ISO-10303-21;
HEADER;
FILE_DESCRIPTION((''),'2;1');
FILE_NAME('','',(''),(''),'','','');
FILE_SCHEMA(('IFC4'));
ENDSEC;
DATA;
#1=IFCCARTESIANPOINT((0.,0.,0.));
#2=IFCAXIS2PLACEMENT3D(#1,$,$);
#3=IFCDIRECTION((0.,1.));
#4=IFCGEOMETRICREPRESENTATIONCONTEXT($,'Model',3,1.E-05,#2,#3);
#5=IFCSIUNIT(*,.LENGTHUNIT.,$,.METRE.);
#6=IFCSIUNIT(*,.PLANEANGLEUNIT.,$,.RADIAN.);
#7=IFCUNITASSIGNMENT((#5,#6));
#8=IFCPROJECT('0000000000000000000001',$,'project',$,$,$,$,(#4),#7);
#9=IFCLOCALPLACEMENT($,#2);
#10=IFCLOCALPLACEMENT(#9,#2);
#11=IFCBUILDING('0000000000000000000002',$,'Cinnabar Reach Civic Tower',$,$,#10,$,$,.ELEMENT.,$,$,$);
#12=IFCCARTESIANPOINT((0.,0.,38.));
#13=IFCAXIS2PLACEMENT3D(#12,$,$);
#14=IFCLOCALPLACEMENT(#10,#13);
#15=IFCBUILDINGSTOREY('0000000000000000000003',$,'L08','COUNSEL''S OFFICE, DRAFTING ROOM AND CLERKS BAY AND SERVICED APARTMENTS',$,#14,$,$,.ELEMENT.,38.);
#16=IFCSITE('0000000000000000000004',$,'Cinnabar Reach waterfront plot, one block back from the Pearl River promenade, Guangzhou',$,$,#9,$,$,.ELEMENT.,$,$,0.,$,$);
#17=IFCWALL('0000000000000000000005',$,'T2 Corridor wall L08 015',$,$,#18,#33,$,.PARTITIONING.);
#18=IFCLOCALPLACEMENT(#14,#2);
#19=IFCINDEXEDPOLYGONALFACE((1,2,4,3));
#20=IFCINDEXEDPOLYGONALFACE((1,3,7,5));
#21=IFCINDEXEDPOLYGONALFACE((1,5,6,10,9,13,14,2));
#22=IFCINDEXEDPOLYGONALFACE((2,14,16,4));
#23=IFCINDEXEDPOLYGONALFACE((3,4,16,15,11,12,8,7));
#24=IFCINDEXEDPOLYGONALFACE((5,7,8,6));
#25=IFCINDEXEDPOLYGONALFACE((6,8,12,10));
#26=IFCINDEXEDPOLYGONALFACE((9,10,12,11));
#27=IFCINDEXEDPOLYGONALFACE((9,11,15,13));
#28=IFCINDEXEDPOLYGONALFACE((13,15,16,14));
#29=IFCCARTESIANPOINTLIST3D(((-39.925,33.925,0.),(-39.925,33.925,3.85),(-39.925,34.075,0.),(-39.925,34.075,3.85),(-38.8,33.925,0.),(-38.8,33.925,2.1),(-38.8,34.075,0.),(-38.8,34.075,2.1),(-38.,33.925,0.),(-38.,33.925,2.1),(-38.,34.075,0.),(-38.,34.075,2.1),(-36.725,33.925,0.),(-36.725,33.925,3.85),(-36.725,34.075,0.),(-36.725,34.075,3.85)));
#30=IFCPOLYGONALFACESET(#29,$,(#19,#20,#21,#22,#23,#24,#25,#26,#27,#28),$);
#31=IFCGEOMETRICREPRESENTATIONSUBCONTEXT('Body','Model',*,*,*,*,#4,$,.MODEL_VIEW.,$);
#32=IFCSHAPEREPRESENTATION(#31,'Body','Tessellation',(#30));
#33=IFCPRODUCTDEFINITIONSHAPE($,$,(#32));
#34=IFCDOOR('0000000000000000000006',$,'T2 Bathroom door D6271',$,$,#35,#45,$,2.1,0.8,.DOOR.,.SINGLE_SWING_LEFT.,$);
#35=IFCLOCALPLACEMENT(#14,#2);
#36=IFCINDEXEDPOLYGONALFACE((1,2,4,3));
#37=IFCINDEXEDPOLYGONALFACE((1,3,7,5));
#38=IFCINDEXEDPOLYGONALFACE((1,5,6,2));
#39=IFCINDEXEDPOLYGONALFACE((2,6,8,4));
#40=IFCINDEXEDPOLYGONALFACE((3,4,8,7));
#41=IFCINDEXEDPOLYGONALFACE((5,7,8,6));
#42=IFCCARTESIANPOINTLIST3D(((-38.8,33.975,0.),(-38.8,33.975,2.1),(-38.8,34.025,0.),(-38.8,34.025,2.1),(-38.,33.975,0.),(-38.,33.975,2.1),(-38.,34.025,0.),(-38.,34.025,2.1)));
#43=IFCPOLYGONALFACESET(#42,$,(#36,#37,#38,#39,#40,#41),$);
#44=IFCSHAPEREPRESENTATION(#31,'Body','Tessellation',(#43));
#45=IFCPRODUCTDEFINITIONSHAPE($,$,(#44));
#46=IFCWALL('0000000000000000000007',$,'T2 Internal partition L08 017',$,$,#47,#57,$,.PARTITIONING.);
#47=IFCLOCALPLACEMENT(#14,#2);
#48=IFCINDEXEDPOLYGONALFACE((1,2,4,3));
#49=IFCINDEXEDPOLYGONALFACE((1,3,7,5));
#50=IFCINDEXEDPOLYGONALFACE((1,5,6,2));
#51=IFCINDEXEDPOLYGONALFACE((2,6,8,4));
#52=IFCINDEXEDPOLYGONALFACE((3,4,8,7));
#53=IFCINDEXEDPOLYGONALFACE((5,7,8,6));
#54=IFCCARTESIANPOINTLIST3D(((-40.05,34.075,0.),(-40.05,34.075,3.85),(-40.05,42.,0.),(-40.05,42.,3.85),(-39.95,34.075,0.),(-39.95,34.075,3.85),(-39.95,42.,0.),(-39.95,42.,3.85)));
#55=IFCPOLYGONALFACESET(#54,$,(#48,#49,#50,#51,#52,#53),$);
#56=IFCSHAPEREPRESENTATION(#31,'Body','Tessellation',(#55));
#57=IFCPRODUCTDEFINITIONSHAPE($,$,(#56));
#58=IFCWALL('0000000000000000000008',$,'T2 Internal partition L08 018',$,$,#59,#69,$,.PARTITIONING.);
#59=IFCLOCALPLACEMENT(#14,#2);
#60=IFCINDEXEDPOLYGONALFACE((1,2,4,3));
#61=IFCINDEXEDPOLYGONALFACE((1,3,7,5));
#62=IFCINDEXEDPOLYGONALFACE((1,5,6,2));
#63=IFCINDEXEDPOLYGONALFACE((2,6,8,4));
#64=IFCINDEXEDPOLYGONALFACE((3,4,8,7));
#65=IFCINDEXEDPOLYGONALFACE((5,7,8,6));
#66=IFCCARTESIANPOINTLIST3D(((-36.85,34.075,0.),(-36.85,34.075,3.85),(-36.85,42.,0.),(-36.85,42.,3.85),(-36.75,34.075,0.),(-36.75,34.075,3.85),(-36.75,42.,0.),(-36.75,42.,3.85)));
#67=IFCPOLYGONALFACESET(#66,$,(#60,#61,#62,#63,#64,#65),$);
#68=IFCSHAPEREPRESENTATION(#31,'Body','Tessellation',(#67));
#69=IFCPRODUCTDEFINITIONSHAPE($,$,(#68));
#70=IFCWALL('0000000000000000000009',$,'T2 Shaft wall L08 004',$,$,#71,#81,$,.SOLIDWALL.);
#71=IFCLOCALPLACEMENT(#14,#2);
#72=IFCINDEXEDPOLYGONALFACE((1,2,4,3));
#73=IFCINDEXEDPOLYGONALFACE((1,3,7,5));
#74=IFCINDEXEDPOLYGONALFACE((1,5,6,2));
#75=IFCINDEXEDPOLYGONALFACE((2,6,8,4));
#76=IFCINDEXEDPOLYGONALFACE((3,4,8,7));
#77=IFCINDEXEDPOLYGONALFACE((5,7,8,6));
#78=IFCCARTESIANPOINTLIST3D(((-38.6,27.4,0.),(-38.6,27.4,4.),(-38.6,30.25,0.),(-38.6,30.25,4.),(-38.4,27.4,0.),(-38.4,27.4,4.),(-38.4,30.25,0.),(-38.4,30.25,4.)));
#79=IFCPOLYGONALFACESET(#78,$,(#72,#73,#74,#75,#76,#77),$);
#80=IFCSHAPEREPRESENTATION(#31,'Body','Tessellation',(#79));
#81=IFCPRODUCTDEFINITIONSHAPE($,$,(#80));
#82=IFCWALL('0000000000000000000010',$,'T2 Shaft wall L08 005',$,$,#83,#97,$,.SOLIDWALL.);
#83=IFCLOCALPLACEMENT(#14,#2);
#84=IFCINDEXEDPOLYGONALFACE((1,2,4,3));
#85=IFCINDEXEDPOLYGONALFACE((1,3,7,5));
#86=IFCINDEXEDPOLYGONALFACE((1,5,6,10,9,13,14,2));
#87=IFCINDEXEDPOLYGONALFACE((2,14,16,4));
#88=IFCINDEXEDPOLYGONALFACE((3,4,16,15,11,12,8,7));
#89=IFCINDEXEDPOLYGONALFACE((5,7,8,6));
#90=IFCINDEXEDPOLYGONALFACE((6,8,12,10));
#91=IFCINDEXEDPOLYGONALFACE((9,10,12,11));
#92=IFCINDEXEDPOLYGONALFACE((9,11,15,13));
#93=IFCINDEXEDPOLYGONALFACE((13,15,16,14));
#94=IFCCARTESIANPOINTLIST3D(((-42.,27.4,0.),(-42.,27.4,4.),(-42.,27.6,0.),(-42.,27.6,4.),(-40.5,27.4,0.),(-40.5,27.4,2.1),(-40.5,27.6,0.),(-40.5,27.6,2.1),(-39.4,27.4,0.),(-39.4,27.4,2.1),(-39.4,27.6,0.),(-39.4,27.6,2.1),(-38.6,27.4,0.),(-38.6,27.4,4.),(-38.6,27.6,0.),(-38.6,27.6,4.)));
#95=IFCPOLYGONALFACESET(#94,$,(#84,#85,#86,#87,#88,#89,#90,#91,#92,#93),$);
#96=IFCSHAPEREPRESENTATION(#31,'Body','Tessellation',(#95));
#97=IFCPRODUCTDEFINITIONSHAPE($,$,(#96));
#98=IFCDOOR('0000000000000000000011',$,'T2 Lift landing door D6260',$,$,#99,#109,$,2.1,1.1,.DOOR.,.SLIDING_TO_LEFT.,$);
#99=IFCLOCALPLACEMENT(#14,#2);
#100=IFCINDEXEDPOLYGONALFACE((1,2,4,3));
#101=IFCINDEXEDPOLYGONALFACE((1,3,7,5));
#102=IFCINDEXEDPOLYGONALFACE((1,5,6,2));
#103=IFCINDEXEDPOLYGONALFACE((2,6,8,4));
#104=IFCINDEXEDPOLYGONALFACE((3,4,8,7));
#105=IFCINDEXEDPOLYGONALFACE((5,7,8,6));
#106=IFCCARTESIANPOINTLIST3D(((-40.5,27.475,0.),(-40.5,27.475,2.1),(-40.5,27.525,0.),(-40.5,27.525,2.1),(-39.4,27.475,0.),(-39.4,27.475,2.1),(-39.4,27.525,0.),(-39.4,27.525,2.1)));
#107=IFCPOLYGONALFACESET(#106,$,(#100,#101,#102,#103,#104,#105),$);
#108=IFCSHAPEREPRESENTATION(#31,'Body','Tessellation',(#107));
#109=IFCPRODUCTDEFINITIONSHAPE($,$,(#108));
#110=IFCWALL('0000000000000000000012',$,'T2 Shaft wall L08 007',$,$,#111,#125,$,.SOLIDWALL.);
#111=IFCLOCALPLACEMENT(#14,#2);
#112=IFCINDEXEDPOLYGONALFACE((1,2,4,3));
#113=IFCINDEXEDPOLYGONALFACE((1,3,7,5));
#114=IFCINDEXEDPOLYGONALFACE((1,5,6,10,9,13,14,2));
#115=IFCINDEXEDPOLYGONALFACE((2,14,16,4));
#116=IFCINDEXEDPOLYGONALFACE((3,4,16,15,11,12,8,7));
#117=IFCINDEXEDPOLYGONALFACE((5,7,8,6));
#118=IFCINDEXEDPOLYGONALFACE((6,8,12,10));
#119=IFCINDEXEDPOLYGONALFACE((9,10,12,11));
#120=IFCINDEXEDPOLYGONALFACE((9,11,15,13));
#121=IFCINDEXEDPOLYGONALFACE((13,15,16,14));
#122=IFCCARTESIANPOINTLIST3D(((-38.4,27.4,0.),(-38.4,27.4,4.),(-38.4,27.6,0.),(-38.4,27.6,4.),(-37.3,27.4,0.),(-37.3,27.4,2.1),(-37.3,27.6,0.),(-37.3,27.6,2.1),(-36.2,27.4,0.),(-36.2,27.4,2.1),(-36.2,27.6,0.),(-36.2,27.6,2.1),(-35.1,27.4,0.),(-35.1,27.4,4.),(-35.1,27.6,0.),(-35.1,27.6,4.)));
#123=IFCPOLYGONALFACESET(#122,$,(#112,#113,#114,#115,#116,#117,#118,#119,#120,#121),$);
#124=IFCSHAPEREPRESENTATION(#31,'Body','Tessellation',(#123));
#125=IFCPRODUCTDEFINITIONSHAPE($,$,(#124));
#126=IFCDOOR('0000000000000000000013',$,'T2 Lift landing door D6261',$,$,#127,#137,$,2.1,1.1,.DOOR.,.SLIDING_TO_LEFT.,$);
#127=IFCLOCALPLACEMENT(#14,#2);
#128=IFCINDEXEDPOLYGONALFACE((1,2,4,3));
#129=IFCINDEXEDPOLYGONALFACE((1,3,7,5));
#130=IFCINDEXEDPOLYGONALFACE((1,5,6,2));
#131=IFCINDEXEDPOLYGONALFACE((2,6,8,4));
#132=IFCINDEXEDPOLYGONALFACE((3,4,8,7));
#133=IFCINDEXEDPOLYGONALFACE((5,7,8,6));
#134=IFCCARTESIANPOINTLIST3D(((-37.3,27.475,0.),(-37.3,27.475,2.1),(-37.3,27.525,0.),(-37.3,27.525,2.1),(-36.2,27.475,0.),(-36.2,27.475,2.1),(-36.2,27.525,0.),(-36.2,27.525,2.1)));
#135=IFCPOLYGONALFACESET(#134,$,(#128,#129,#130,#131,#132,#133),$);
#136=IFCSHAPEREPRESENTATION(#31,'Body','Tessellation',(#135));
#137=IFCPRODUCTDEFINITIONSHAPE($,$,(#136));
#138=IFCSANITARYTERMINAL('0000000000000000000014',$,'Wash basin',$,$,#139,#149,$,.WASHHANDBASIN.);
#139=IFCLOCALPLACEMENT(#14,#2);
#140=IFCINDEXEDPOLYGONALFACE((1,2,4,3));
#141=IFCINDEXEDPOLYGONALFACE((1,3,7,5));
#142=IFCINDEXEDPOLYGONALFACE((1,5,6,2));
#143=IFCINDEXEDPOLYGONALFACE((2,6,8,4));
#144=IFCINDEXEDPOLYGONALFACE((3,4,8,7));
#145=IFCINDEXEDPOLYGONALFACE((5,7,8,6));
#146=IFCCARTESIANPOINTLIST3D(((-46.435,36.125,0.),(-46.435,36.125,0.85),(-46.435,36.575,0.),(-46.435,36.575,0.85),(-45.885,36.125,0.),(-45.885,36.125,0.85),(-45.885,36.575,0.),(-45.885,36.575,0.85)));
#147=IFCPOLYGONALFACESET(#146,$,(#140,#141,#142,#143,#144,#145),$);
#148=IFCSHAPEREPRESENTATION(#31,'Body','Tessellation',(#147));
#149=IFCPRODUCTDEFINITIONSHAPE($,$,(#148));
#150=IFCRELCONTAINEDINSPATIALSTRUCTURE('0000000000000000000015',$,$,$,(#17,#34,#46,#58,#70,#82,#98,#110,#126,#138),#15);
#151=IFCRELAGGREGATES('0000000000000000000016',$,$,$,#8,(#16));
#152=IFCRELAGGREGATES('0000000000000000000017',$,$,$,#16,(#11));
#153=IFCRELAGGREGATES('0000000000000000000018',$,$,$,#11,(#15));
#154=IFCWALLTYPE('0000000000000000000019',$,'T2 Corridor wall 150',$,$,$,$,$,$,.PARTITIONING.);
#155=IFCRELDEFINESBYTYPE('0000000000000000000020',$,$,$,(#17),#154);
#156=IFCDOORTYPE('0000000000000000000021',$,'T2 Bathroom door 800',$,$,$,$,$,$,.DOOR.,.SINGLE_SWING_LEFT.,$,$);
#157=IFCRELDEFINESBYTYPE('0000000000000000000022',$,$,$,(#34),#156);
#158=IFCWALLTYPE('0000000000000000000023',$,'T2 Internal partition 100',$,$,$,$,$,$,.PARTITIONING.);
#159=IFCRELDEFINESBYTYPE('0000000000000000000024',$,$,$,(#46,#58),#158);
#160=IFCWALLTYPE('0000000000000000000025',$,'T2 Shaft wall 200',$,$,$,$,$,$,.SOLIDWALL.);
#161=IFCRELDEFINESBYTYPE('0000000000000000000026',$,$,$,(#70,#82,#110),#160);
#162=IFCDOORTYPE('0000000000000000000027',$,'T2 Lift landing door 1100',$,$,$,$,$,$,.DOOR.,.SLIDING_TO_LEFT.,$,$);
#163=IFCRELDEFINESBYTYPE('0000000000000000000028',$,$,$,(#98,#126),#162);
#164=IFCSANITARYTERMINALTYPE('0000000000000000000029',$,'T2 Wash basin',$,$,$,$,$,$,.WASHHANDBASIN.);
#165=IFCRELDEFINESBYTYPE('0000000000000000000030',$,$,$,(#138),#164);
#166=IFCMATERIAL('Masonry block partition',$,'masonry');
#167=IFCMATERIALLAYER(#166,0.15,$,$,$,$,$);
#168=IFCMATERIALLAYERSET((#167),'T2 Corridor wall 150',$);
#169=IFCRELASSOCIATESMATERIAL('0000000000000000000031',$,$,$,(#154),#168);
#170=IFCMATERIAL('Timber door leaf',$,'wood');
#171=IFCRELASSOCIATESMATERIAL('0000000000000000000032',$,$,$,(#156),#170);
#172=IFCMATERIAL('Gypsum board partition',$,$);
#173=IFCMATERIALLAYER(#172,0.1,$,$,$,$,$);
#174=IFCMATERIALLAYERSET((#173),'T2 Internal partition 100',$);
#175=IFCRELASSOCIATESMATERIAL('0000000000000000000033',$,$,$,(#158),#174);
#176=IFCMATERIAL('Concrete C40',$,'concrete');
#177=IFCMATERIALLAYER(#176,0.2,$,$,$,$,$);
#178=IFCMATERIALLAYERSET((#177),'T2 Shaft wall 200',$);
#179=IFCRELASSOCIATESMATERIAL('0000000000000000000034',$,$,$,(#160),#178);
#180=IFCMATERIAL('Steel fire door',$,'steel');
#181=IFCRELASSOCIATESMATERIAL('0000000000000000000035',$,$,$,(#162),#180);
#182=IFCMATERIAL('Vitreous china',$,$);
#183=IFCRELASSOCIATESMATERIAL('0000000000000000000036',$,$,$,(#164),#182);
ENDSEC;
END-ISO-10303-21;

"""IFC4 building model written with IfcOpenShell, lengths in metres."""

from ifc_helpers import new_model, si_unit, direction, frame, frame_2d, origin, origin_2d, place, context, subcontext, project, spatial, rectangle, extrude, material, layer, layer_set, type_object, element, fill, save


model = new_model("IFC4")

# Units and contexts
model_context = context("Model", 3, precision=1e-05, world=origin(), true_north=direction((0.0, 1.0)))
body_context = subcontext(model_context, "Body", "Model", "MODEL_VIEW")
ifc_project = project(units=[si_unit("LENGTHUNIT", "METRE"), si_unit("PLANEANGLEUNIT", "RADIAN")], contexts=[model_context])

# Site, building, storey
site_placement = place(None, origin())
site = spatial("IfcSite", under=ifc_project, at=site_placement, Name="Cinnabar Reach waterfront plot, one block back from the Pearl River promenade, Guangzhou", CompositionType="ELEMENT", RefElevation=0.0)
building_placement = place(site_placement, origin())
building = spatial("IfcBuilding", under=site, at=building_placement, Name="Cinnabar Reach Civic Tower", CompositionType="ELEMENT")
storey_placement = place(building_placement, frame((0.0, 0.0, 38.0)))
storey = spatial("IfcBuildingStorey", under=building, at=storey_placement, Name="L08", Description="COUNSEL'S OFFICE, DRAFTING ROOM AND CLERKS BAY AND SERVICED APARTMENTS", CompositionType="ELEMENT", Elevation=38.0)

# Shared definitions
ifc_material_1 = material(Name="Steel fire door", Category="steel")

# Wall, opening, door
ifc_material_2 = material(Name="Masonry block partition", Category="masonry")
ifc_layer_1 = layer(ifc_material_2, 0.15)
ifc_layer_set_1 = layer_set([ifc_layer_1], Name="T2 Corridor wall 150")
wall_type_1 = type_object("IfcWallType", Name="T2 Corridor wall 150", PredefinedType="PARTITIONING", material=ifc_layer_set_1)
ifc_material_3 = material(Name="Timber door leaf", Category="wood")
door_type_1 = type_object("IfcDoorType", Name="T2 Bathroom door 800", OperationType="SINGLE_SWING_LEFT", PredefinedType="DOOR", material=ifc_material_3)
wall_1_placement = place(storey_placement, frame((-36.725, 34.0, 0.0), z_axis=(0.0, 0.0, 1.0), x_axis=(-1.0, 0.0, 0.0)))
wall_1 = element("IfcWall", 1, at=wall_1_placement, inside=storey, type_object=wall_type_1, Name="T2 Corridor wall L08 015", PredefinedType="PARTITIONING", context=body_context, shape_type="SweptSolid", body=[
    extrude(rectangle(XDim=3.2, YDim=0.15, at=frame_2d((1.6, 0.0))), origin(), (0.0, 0.0, 1.0), 3.85),
])
opening_1_placement = place(wall_1_placement, frame((1.275, 0.0, 0.0)))
opening_1 = element("IfcOpeningElement", 2, at=opening_1_placement, cuts=wall_1, PredefinedType="OPENING", context=body_context, shape_type="SweptSolid", body=[
    extrude(rectangle(XDim=0.8, YDim=2.1, at=frame_2d((0.4, 1.05))), frame((0.0, 0.085, 0.0), z_axis=(0.0, -1.0, 0.0), x_axis=(1.0, 0.0, 0.0)), (0.0, 0.0, 1.0), 0.17),
])
door_1_placement = place(opening_1_placement, frame((0.8, 0.0, 0.0), z_axis=(0.0, 0.0, 1.0), x_axis=(-1.0, 0.0, 0.0)))
door_1 = element("IfcDoor", 3, at=door_1_placement, inside=storey, type_object=door_type_1, Name="T2 Bathroom door D6271", OperationType="SINGLE_SWING_LEFT", OverallHeight=2.1, OverallWidth=0.8, PredefinedType="DOOR", context=body_context, shape_type="SweptSolid", body=[
    extrude(rectangle(XDim=0.8, YDim=2.1, at=frame_2d((0.4, 1.05))), frame((0.0, 0.025, 0.0), z_axis=(0.0, -1.0, 0.0), x_axis=(1.0, 0.0, 0.0)), (0.0, 0.0, 1.0), 0.05),
])
fill(opening_1, door_1)

# Walls
ifc_material_4 = material(Name="Gypsum board partition")
ifc_layer_2 = layer(ifc_material_4, 0.1)
ifc_layer_set_2 = layer_set([ifc_layer_2], Name="T2 Internal partition 100")
wall_type_2 = type_object("IfcWallType", Name="T2 Internal partition 100", PredefinedType="PARTITIONING", material=ifc_layer_set_2)
for number, where, z_axis, x_axis, name in (
    (4, (-40.0, 34.075, 0.0), (0.0, 0.0, 1.0), (0.0, 1.0, 0.0), "T2 Internal partition L08 017"),
    (5, (-36.8, 34.075, 0.0), (0.0, 0.0, 1.0), (0.0, 1.0, 0.0), "T2 Internal partition L08 018"),
):
    element("IfcWall", number, at=place(storey_placement, frame(where, z_axis=z_axis, x_axis=x_axis)), inside=storey, type_object=wall_type_2, Name=name, PredefinedType="PARTITIONING", context=body_context, shape_type="SweptSolid", body=[
        extrude(rectangle(XDim=7.925, YDim=0.1, at=frame_2d((3.9625, 0.0))), origin(), (0.0, 0.0, 1.0), 3.85),
    ])
ifc_material_5 = material(Name="Concrete C40", Category="concrete")
ifc_layer_3 = layer(ifc_material_5, 0.2)
ifc_layer_set_3 = layer_set([ifc_layer_3], Name="T2 Shaft wall 200")
wall_type_3 = type_object("IfcWallType", Name="T2 Shaft wall 200", PredefinedType="SOLIDWALL", material=ifc_layer_set_3)
wall_2_placement = place(storey_placement, frame((-38.5, 27.4, 0.0), z_axis=(0.0, 0.0, 1.0), x_axis=(0.0, 1.0, 0.0)))
element("IfcWall", 6, at=wall_2_placement, inside=storey, type_object=wall_type_3, Name="T2 Shaft wall L08 004", PredefinedType="SOLIDWALL", context=body_context, shape_type="SweptSolid", body=[
    extrude(rectangle(XDim=2.85, YDim=0.2, at=frame_2d((1.425, 0.0))), origin(), (0.0, 0.0, 1.0), 4.0),
])

# Walls, openings, doors
wall_3_placement = place(storey_placement, frame((-42.0, 27.5, 0.0), z_axis=(0.0, 0.0, 1.0), x_axis=(1.0, 0.0, 0.0)))
wall_3 = element("IfcWall", 7, at=wall_3_placement, inside=storey, type_object=wall_type_3, Name="T2 Shaft wall L08 005", PredefinedType="SOLIDWALL", context=body_context, shape_type="SweptSolid", body=[
    extrude(rectangle(XDim=3.4, YDim=0.2, at=frame_2d((1.7, 0.0))), origin(), (0.0, 0.0, 1.0), 4.0),
])
opening_2_placement = place(wall_3_placement, frame((1.5, 0.0, 0.0)))
opening_2 = element("IfcOpeningElement", 8, at=opening_2_placement, cuts=wall_3, PredefinedType="OPENING", context=body_context, shape_type="SweptSolid", body=[
    extrude(rectangle(XDim=1.1, YDim=2.1, at=frame_2d((0.55, 1.05))), frame((0.0, 0.11, 0.0), z_axis=(0.0, -1.0, 0.0), x_axis=(1.0, 0.0, 0.0)), (0.0, 0.0, 1.0), 0.22),
])
door_type_2 = type_object("IfcDoorType", Name="T2 Lift landing door 1100", OperationType="SLIDING_TO_LEFT", PredefinedType="DOOR", material=ifc_material_1)
door_2_placement = place(opening_2_placement, origin())
door_2 = element("IfcDoor", 9, at=door_2_placement, inside=storey, type_object=door_type_2, Name="T2 Lift landing door D6260", OperationType="SLIDING_TO_LEFT", OverallHeight=2.1, OverallWidth=1.1, PredefinedType="DOOR", context=body_context, shape_type="SweptSolid", body=[
    extrude(rectangle(XDim=1.1, YDim=2.1, at=frame_2d((0.55, 1.05))), frame((0.0, 0.025, 0.0), z_axis=(0.0, -1.0, 0.0), x_axis=(1.0, 0.0, 0.0)), (0.0, 0.0, 1.0), 0.05),
])
fill(opening_2, door_2)
wall_4_placement = place(storey_placement, frame((-38.4, 27.5, 0.0), z_axis=(0.0, 0.0, 1.0), x_axis=(1.0, 0.0, 0.0)))
wall_4 = element("IfcWall", 10, at=wall_4_placement, inside=storey, type_object=wall_type_3, Name="T2 Shaft wall L08 007", PredefinedType="SOLIDWALL", context=body_context, shape_type="SweptSolid", body=[
    extrude(rectangle(XDim=3.3, YDim=0.2, at=frame_2d((1.65, 0.0))), origin(), (0.0, 0.0, 1.0), 4.0),
])
opening_3_placement = place(wall_4_placement, frame((1.1, 0.0, 0.0)))
opening_3 = element("IfcOpeningElement", 11, at=opening_3_placement, cuts=wall_4, PredefinedType="OPENING", context=body_context, shape_type="SweptSolid", body=[
    extrude(rectangle(XDim=1.1, YDim=2.1, at=frame_2d((0.55, 1.05))), frame((0.0, 0.11, 0.0), z_axis=(0.0, -1.0, 0.0), x_axis=(1.0, 0.0, 0.0)), (0.0, 0.0, 1.0), 0.22),
])
door_3_placement = place(opening_3_placement, origin())
door_3 = element("IfcDoor", 12, at=door_3_placement, inside=storey, type_object=door_type_2, Name="T2 Lift landing door D6261", OperationType="SLIDING_TO_LEFT", OverallHeight=2.1, OverallWidth=1.1, PredefinedType="DOOR", context=body_context, shape_type="SweptSolid", body=[
    extrude(rectangle(XDim=1.1, YDim=2.1, at=frame_2d((0.55, 1.05))), frame((0.0, 0.025, 0.0), z_axis=(0.0, -1.0, 0.0), x_axis=(1.0, 0.0, 0.0)), (0.0, 0.0, 1.0), 0.05),
])
fill(opening_3, door_3)

# Sanitary terminal
ifc_material_6 = material(Name="Vitreous china")
sanitary_terminal_type = type_object("IfcSanitaryTerminalType", Name="T2 Wash basin", PredefinedType="WASHHANDBASIN", material=ifc_material_6)
sanitary_terminal_placement = place(storey_placement, frame((-46.16, 36.35, 0.0), z_axis=(0.0, 0.0, 1.0), x_axis=(1.0, 0.0, 0.0)))
element("IfcSanitaryTerminal", 13, at=sanitary_terminal_placement, inside=storey, type_object=sanitary_terminal_type, Name="Wash basin", PredefinedType="WASHHANDBASIN", context=body_context, shape_type="SweptSolid", body=[
    extrude(rectangle(XDim=0.55, YDim=0.45, at=origin_2d()), origin(), (0.0, 0.0, 1.0), 0.85),
])

save(model, "model.ifc")
